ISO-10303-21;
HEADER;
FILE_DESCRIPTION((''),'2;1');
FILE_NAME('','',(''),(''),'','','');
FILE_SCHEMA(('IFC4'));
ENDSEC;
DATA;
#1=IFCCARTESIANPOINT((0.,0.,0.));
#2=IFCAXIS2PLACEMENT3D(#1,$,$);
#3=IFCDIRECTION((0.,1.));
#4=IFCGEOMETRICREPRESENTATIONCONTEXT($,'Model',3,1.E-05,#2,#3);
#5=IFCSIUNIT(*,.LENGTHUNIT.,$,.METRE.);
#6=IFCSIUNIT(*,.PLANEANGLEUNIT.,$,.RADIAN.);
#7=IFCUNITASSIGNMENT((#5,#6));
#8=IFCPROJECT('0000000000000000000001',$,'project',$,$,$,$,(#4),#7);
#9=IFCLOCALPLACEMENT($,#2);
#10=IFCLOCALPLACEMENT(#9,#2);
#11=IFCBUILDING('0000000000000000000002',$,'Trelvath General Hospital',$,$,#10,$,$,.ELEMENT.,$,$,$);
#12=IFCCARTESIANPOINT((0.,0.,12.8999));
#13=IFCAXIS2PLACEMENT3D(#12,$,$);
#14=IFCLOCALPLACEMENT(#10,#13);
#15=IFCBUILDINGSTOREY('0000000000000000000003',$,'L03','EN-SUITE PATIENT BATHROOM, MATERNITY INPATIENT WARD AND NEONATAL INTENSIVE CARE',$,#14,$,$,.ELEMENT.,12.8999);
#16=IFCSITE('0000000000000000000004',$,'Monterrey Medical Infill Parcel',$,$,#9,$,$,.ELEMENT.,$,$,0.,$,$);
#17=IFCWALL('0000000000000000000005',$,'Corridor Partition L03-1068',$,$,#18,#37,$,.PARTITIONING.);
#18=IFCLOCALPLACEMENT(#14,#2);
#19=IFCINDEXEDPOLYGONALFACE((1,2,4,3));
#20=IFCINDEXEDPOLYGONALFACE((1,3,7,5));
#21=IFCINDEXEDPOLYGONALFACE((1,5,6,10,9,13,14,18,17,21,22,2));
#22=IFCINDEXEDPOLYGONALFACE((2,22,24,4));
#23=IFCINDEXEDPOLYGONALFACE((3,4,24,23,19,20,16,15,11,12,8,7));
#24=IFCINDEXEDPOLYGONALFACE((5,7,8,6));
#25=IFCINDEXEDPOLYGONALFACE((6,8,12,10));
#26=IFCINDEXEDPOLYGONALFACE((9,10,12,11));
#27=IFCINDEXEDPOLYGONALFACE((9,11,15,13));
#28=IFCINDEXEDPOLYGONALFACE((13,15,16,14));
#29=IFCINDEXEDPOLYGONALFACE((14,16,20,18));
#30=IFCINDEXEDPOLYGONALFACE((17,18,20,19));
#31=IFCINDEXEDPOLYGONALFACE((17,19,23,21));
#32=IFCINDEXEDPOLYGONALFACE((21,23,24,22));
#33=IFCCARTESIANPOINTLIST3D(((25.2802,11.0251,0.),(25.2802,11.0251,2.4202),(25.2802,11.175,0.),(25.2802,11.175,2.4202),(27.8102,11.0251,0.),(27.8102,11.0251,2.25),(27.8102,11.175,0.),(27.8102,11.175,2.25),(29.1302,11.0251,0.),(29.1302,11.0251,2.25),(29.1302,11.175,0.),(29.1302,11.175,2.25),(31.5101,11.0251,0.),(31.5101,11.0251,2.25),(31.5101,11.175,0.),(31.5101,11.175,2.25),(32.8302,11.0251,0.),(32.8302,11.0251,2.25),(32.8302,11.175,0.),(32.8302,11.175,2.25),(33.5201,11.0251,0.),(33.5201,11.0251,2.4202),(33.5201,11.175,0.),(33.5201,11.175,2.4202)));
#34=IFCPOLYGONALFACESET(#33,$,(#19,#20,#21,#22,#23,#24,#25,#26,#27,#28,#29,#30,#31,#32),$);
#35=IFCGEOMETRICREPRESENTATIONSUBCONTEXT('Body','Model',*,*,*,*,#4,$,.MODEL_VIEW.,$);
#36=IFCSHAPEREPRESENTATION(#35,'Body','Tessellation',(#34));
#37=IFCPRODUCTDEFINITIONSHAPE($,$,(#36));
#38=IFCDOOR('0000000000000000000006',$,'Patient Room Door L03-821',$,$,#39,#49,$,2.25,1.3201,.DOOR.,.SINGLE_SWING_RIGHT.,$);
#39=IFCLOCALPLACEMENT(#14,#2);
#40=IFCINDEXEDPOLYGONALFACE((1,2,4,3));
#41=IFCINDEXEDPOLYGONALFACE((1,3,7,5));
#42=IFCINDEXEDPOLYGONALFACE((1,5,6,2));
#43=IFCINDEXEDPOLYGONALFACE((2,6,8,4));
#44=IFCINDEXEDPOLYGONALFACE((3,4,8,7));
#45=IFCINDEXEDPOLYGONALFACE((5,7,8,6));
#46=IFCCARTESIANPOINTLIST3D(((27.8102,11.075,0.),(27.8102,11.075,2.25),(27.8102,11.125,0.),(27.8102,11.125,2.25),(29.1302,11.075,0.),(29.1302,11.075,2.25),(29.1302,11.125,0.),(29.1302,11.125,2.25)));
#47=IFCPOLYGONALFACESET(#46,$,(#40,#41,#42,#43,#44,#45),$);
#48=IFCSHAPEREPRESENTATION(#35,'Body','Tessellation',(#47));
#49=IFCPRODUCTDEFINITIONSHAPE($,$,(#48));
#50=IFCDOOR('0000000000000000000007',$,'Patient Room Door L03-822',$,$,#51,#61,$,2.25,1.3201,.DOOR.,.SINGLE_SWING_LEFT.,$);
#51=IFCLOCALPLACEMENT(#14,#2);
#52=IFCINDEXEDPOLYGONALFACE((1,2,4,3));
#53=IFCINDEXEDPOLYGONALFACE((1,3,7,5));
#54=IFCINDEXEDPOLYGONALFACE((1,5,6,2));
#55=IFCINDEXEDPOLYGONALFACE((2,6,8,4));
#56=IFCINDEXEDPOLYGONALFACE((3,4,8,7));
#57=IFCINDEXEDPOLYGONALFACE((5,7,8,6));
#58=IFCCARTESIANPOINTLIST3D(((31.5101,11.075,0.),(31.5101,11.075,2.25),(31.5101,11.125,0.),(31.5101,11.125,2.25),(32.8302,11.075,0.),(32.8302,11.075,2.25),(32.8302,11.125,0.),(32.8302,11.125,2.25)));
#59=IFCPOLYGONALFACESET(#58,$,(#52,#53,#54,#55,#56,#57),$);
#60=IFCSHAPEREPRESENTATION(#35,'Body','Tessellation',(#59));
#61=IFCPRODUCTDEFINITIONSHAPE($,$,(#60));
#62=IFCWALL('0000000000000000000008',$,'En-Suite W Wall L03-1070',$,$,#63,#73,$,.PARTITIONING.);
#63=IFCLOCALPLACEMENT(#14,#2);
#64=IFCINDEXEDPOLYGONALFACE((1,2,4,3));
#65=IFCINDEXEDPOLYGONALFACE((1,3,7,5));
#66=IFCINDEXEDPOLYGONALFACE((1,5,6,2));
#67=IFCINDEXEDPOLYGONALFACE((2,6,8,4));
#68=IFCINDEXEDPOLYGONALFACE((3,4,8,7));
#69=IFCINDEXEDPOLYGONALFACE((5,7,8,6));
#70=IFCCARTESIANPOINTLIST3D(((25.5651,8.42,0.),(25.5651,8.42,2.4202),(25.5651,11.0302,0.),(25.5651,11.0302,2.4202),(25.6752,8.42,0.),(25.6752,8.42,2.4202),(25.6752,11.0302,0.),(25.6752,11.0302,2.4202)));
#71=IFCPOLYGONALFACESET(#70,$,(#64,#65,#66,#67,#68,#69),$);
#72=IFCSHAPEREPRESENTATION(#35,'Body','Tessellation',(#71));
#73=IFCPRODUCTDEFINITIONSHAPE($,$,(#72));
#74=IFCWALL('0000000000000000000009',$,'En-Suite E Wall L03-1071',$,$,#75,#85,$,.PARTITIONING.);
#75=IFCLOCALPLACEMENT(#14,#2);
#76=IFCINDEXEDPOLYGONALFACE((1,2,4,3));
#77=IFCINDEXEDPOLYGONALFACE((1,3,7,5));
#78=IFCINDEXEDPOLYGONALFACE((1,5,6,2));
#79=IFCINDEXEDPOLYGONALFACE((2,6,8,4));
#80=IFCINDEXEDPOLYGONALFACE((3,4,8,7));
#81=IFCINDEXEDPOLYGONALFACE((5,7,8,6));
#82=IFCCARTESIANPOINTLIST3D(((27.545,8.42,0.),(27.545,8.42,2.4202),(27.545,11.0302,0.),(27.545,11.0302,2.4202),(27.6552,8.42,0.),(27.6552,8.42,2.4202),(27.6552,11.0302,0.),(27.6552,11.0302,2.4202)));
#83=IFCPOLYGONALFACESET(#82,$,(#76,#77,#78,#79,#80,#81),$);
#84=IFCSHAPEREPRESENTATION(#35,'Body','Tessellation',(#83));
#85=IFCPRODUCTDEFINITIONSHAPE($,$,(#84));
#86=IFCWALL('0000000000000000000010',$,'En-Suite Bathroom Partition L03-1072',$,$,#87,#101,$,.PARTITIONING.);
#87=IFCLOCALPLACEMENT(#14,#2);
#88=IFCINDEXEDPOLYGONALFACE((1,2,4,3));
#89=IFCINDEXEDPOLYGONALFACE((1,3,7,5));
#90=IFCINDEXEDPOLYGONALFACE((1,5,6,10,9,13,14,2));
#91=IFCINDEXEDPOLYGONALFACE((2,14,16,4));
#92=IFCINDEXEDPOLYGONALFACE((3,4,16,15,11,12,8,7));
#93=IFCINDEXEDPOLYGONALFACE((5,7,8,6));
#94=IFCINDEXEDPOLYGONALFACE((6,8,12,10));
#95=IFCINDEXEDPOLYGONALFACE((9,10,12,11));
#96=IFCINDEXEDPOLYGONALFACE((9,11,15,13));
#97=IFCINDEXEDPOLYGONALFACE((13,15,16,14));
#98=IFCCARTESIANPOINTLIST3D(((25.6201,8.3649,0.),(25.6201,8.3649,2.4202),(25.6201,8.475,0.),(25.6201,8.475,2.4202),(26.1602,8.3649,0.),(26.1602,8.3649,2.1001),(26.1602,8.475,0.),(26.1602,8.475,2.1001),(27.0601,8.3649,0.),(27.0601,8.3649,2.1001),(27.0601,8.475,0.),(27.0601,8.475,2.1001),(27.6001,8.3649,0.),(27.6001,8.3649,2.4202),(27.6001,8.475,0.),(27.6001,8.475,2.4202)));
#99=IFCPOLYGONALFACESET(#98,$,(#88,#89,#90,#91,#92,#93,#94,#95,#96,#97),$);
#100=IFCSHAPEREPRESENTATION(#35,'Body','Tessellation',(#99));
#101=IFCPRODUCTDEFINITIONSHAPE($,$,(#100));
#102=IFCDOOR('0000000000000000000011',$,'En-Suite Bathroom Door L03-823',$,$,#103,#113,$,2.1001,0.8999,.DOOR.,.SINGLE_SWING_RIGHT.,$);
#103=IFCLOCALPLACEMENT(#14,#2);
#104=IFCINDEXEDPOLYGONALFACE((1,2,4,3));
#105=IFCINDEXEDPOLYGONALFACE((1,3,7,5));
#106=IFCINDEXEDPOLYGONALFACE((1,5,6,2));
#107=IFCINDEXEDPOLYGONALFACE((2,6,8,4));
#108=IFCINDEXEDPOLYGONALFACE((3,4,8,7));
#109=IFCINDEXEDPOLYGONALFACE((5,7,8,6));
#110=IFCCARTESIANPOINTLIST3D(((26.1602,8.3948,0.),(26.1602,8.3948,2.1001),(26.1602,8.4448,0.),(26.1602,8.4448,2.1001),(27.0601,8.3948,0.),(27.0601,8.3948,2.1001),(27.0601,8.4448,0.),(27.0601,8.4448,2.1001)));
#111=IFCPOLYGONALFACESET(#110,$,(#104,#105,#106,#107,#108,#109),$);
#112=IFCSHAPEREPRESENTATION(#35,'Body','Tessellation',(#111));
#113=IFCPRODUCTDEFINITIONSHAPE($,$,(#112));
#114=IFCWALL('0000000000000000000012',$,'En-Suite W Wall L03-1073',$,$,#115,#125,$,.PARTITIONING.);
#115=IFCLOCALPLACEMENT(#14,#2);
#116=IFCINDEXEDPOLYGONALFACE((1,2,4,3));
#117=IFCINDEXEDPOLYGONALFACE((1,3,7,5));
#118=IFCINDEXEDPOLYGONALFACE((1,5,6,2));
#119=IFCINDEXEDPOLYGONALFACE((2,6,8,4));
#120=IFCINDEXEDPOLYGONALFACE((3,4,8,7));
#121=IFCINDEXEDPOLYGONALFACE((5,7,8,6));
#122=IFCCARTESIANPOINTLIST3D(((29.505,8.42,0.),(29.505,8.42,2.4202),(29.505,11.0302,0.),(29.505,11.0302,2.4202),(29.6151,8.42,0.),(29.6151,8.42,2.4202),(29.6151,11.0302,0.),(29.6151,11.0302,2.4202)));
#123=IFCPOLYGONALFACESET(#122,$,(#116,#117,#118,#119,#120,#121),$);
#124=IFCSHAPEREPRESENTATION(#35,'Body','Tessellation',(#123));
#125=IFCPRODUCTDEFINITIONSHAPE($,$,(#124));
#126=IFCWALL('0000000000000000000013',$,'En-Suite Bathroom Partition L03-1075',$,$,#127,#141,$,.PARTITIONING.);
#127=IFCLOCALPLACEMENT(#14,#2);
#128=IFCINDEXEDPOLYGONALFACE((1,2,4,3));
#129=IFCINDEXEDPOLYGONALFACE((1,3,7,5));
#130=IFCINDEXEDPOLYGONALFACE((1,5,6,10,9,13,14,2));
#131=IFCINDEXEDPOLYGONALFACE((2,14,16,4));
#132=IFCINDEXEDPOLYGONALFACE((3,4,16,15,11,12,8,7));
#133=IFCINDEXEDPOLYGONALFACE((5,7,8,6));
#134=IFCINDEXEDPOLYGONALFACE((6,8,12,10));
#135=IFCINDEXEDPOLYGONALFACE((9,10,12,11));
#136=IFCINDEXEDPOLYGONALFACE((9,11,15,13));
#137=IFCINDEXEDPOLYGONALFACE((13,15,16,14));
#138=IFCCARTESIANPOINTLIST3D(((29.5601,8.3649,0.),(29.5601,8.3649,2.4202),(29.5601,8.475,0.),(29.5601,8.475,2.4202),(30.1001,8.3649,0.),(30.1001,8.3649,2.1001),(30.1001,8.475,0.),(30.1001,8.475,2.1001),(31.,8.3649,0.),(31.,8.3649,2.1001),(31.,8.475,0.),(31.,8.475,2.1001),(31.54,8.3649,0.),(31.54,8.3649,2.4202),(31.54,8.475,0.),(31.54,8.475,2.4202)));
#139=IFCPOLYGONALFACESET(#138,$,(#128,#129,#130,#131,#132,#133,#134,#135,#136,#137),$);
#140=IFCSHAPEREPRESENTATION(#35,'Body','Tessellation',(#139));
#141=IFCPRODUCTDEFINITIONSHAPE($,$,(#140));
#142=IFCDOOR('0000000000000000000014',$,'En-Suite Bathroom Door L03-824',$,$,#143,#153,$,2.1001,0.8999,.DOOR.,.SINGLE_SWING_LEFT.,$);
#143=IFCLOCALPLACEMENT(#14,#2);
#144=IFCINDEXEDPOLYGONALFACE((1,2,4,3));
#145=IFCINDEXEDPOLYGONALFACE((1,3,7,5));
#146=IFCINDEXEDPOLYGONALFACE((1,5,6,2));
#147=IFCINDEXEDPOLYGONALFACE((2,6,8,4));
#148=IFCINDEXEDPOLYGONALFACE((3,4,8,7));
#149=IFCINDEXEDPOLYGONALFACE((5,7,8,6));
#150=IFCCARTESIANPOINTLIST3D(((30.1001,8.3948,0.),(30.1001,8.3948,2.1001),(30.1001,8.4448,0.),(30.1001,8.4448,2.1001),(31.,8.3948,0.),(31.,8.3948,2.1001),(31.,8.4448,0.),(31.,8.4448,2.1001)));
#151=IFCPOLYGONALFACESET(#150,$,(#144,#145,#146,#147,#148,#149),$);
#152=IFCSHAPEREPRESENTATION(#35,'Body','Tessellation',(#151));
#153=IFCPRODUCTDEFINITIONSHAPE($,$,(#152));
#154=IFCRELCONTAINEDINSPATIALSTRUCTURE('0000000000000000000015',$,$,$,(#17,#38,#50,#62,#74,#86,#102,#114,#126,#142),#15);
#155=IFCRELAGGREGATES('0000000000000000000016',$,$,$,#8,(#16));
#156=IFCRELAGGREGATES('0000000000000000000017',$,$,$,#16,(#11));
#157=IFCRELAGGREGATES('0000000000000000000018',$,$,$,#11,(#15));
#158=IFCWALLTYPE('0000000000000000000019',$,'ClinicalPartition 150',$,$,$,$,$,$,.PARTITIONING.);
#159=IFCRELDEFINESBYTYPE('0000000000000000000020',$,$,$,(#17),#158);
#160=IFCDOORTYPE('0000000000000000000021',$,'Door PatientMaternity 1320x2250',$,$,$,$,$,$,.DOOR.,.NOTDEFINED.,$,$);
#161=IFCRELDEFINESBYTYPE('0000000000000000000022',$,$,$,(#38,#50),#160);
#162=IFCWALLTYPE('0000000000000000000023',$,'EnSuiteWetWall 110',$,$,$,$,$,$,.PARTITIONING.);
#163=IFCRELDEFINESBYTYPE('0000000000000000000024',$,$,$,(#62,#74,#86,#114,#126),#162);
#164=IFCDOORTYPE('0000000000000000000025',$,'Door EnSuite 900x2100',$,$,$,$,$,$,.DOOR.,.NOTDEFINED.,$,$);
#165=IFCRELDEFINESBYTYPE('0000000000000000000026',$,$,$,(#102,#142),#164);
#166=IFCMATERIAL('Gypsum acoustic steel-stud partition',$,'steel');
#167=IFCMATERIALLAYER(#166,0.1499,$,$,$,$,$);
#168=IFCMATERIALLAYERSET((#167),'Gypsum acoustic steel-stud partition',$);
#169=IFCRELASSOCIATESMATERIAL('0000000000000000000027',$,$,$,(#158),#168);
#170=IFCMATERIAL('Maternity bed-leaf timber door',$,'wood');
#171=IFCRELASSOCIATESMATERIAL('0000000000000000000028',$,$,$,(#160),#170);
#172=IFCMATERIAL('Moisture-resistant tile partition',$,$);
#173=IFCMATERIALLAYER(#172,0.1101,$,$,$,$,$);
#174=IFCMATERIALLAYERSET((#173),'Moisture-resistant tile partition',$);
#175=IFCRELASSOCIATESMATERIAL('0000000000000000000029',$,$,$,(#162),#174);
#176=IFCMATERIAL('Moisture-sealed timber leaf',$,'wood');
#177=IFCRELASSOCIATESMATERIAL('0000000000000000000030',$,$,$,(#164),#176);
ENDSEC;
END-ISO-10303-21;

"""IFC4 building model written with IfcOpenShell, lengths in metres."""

from ifc_helpers import new_model, si_unit, direction, frame, frame_2d, origin, place, context, subcontext, project, spatial, rectangle, extrude, material, layer, layer_set, type_object, element, fill, save


model = new_model("IFC4")

# Units and contexts
model_context = context("Model", 3, precision=1e-05, world=origin(), true_north=direction((0.0, 1.0)))
body_context = subcontext(model_context, "Body", "Model", "MODEL_VIEW")
ifc_project = project(units=[si_unit("LENGTHUNIT", "METRE"), si_unit("PLANEANGLEUNIT", "RADIAN")], contexts=[model_context])

# Site, building, storey
site_placement = place(None, origin())
site = spatial("IfcSite", under=ifc_project, at=site_placement, Name="Monterrey Medical Infill Parcel", CompositionType="ELEMENT", RefElevation=0.0)
building_placement = place(site_placement, origin())
building = spatial("IfcBuilding", under=site, at=building_placement, Name="Trelvath General Hospital", CompositionType="ELEMENT")
storey_placement = place(building_placement, frame((0.0, 0.0, 12.8999)))
storey = spatial("IfcBuildingStorey", under=building, at=storey_placement, Name="L03", Description="EN-SUITE PATIENT BATHROOM, MATERNITY INPATIENT WARD AND NEONATAL INTENSIVE CARE", CompositionType="ELEMENT", Elevation=12.8999)

# Wall, openings, doors
ifc_material_1 = material(Name="Gypsum acoustic steel-stud partition", Category="steel")
ifc_layer_1 = layer(ifc_material_1, 0.1499)
ifc_layer_set_1 = layer_set([ifc_layer_1], Name="Gypsum acoustic steel-stud partition")
wall_type_1 = type_object("IfcWallType", Name="ClinicalPartition 150", PredefinedType="PARTITIONING", material=ifc_layer_set_1)
ifc_material_2 = material(Name="Maternity bed-leaf timber door", Category="wood")
door_type_1 = type_object("IfcDoorType", Name="Door PatientMaternity 1320x2250", OperationType="NOTDEFINED", PredefinedType="DOOR", material=ifc_material_2)
wall_1_placement = place(storey_placement, frame((25.28, 11.1001, 0.0), z_axis=(0.0, 0.0, 1.0), x_axis=(1.0, 0.0, 0.0)))
wall_1 = element("IfcWall", 1, at=wall_1_placement, inside=storey, type_object=wall_type_1, Name="Corridor Partition L03-1068", PredefinedType="PARTITIONING", context=body_context, shape_type="SweptSolid", body=[
    extrude(rectangle(XDim=8.24, YDim=0.1499, at=frame_2d((4.1201, 0.0))), origin(), (0.0, 0.0, 1.0), 2.4202),
])
opening_1_placement = place(wall_1_placement, frame((2.53, 0.0, 0.0)))
opening_1 = element("IfcOpeningElement", 2, at=opening_1_placement, cuts=wall_1, PredefinedType="OPENING", context=body_context, shape_type="SweptSolid", body=[
    extrude(rectangle(XDim=1.3201, YDim=2.25, at=frame_2d((0.6602, 1.125))), frame((0.0, 0.085, 0.0), z_axis=(0.0, -1.0, 0.0), x_axis=(1.0, 0.0, 0.0)), (0.0, 0.0, 1.0), 0.1699),
])
opening_2_placement = place(wall_1_placement, frame((6.23, 0.0, 0.0)))
opening_2 = element("IfcOpeningElement", 3, at=opening_2_placement, cuts=wall_1, PredefinedType="OPENING", context=body_context, shape_type="SweptSolid", body=[
    extrude(rectangle(XDim=1.3201, YDim=2.25, at=frame_2d((0.6602, 1.125))), frame((0.0, 0.085, 0.0), z_axis=(0.0, -1.0, 0.0), x_axis=(1.0, 0.0, 0.0)), (0.0, 0.0, 1.0), 0.1699),
])
door_1_placement = place(opening_1_placement, origin())
door_1 = element("IfcDoor", 4, at=door_1_placement, inside=storey, type_object=door_type_1, Name="Patient Room Door L03-821", OperationType="SINGLE_SWING_RIGHT", OverallHeight=2.25, OverallWidth=1.3201, PredefinedType="DOOR", context=body_context, shape_type="SweptSolid", body=[
    extrude(rectangle(XDim=1.3201, YDim=2.25, at=frame_2d((0.6602, 1.125))), frame((0.0, 0.0249, 0.0), z_axis=(0.0, -1.0, 0.0), x_axis=(1.0, 0.0, 0.0)), (0.0, 0.0, 1.0), 0.05),
])
fill(opening_1, door_1)
door_2_placement = place(opening_2_placement, origin())
door_2 = element("IfcDoor", 5, at=door_2_placement, inside=storey, type_object=door_type_1, Name="Patient Room Door L03-822", OperationType="SINGLE_SWING_LEFT", OverallHeight=2.25, OverallWidth=1.3201, PredefinedType="DOOR", context=body_context, shape_type="SweptSolid", body=[
    extrude(rectangle(XDim=1.3201, YDim=2.25, at=frame_2d((0.6602, 1.125))), frame((0.0, 0.0249, 0.0), z_axis=(0.0, -1.0, 0.0), x_axis=(1.0, 0.0, 0.0)), (0.0, 0.0, 1.0), 0.05),
])
fill(opening_2, door_2)

# Walls
ifc_material_3 = material(Name="Moisture-resistant tile partition")
ifc_layer_2 = layer(ifc_material_3, 0.1101)
ifc_layer_set_2 = layer_set([ifc_layer_2], Name="Moisture-resistant tile partition")
wall_type_2 = type_object("IfcWallType", Name="EnSuiteWetWall 110", PredefinedType="PARTITIONING", material=ifc_layer_set_2)
for number, where, z_axis, x_axis, name in (
    (6, (25.6201, 8.4199, 0.0), (0.0, 0.0, 1.0), (0.0, 1.0, 0.0), "En-Suite W Wall L03-1070"),
    (7, (27.6001, 8.4199, 0.0), (0.0, 0.0, 1.0), (0.0, 1.0, 0.0), "En-Suite E Wall L03-1071"),
):
    element("IfcWall", number, at=place(storey_placement, frame(where, z_axis=z_axis, x_axis=x_axis)), inside=storey, type_object=wall_type_2, Name=name, PredefinedType="PARTITIONING", context=body_context, shape_type="SweptSolid", body=[
        extrude(rectangle(XDim=2.6101, YDim=0.1101, at=frame_2d((1.3052, 0.0))), origin(), (0.0, 0.0, 1.0), 2.4202),
    ])

# Wall, opening, door
wall_2_placement = place(storey_placement, frame((25.6201, 8.4199, 0.0), z_axis=(0.0, 0.0, 1.0), x_axis=(1.0, 0.0, 0.0)))
wall_2 = element("IfcWall", 8, at=wall_2_placement, inside=storey, type_object=wall_type_2, Name="En-Suite Bathroom Partition L03-1072", PredefinedType="PARTITIONING", context=body_context, shape_type="SweptSolid", body=[
    extrude(rectangle(XDim=1.98, YDim=0.1101, at=frame_2d((0.99, 0.0))), origin(), (0.0, 0.0, 1.0), 2.4202),
])
opening_3_placement = place(wall_2_placement, frame((0.54, 0.0, 0.0)))
opening_3 = element("IfcOpeningElement", 9, at=opening_3_placement, cuts=wall_2, PredefinedType="OPENING", context=body_context, shape_type="SweptSolid", body=[
    extrude(rectangle(XDim=0.8999, YDim=2.1001, at=frame_2d((0.45, 1.05))), frame((0.0, 0.0649, 0.0), z_axis=(0.0, -1.0, 0.0), x_axis=(1.0, 0.0, 0.0)), (0.0, 0.0, 1.0), 0.1301),
])
ifc_material_4 = material(Name="Moisture-sealed timber leaf", Category="wood")
door_type_2 = type_object("IfcDoorType", Name="Door EnSuite 900x2100", OperationType="NOTDEFINED", PredefinedType="DOOR", material=ifc_material_4)
door_3_placement = place(opening_3_placement, origin())
door_3 = element("IfcDoor", 10, at=door_3_placement, inside=storey, type_object=door_type_2, Name="En-Suite Bathroom Door L03-823", OperationType="SINGLE_SWING_RIGHT", OverallHeight=2.1001, OverallWidth=0.8999, PredefinedType="DOOR", context=body_context, shape_type="SweptSolid", body=[
    extrude(rectangle(XDim=0.8999, YDim=2.1001, at=frame_2d((0.45, 1.05))), frame((0.0, 0.0249, 0.0), z_axis=(0.0, -1.0, 0.0), x_axis=(1.0, 0.0, 0.0)), (0.0, 0.0, 1.0), 0.05),
])
fill(opening_3, door_3)

# Wall
wall_3_placement = place(storey_placement, frame((29.5601, 8.4199, 0.0), z_axis=(0.0, 0.0, 1.0), x_axis=(0.0, 1.0, 0.0)))
element("IfcWall", 11, at=wall_3_placement, inside=storey, type_object=wall_type_2, Name="En-Suite W Wall L03-1073", PredefinedType="PARTITIONING", context=body_context, shape_type="SweptSolid", body=[
    extrude(rectangle(XDim=2.6101, YDim=0.1101, at=frame_2d((1.3052, 0.0))), origin(), (0.0, 0.0, 1.0), 2.4202),
])

# Wall, opening, door
wall_4_placement = place(storey_placement, frame((29.5601, 8.4199, 0.0), z_axis=(0.0, 0.0, 1.0), x_axis=(1.0, 0.0, 0.0)))
wall_4 = element("IfcWall", 12, at=wall_4_placement, inside=storey, type_object=wall_type_2, Name="En-Suite Bathroom Partition L03-1075", PredefinedType="PARTITIONING", context=body_context, shape_type="SweptSolid", body=[
    extrude(rectangle(XDim=1.98, YDim=0.1101, at=frame_2d((0.99, 0.0))), origin(), (0.0, 0.0, 1.0), 2.4202),
])
opening_4_placement = place(wall_4_placement, frame((0.54, 0.0, 0.0)))
opening_4 = element("IfcOpeningElement", 13, at=opening_4_placement, cuts=wall_4, PredefinedType="OPENING", context=body_context, shape_type="SweptSolid", body=[
    extrude(rectangle(XDim=0.8999, YDim=2.1001, at=frame_2d((0.45, 1.05))), frame((0.0, 0.0649, 0.0), z_axis=(0.0, -1.0, 0.0), x_axis=(1.0, 0.0, 0.0)), (0.0, 0.0, 1.0), 0.1301),
])
door_4_placement = place(opening_4_placement, origin())
door_4 = element("IfcDoor", 14, at=door_4_placement, inside=storey, type_object=door_type_2, Name="En-Suite Bathroom Door L03-824", OperationType="SINGLE_SWING_LEFT", OverallHeight=2.1001, OverallWidth=0.8999, PredefinedType="DOOR", context=body_context, shape_type="SweptSolid", body=[
    extrude(rectangle(XDim=0.8999, YDim=2.1001, at=frame_2d((0.45, 1.05))), frame((0.0, 0.0249, 0.0), z_axis=(0.0, -1.0, 0.0), x_axis=(1.0, 0.0, 0.0)), (0.0, 0.0, 1.0), 0.05),
])
fill(opening_4, door_4)

save(model, "model.ifc")
